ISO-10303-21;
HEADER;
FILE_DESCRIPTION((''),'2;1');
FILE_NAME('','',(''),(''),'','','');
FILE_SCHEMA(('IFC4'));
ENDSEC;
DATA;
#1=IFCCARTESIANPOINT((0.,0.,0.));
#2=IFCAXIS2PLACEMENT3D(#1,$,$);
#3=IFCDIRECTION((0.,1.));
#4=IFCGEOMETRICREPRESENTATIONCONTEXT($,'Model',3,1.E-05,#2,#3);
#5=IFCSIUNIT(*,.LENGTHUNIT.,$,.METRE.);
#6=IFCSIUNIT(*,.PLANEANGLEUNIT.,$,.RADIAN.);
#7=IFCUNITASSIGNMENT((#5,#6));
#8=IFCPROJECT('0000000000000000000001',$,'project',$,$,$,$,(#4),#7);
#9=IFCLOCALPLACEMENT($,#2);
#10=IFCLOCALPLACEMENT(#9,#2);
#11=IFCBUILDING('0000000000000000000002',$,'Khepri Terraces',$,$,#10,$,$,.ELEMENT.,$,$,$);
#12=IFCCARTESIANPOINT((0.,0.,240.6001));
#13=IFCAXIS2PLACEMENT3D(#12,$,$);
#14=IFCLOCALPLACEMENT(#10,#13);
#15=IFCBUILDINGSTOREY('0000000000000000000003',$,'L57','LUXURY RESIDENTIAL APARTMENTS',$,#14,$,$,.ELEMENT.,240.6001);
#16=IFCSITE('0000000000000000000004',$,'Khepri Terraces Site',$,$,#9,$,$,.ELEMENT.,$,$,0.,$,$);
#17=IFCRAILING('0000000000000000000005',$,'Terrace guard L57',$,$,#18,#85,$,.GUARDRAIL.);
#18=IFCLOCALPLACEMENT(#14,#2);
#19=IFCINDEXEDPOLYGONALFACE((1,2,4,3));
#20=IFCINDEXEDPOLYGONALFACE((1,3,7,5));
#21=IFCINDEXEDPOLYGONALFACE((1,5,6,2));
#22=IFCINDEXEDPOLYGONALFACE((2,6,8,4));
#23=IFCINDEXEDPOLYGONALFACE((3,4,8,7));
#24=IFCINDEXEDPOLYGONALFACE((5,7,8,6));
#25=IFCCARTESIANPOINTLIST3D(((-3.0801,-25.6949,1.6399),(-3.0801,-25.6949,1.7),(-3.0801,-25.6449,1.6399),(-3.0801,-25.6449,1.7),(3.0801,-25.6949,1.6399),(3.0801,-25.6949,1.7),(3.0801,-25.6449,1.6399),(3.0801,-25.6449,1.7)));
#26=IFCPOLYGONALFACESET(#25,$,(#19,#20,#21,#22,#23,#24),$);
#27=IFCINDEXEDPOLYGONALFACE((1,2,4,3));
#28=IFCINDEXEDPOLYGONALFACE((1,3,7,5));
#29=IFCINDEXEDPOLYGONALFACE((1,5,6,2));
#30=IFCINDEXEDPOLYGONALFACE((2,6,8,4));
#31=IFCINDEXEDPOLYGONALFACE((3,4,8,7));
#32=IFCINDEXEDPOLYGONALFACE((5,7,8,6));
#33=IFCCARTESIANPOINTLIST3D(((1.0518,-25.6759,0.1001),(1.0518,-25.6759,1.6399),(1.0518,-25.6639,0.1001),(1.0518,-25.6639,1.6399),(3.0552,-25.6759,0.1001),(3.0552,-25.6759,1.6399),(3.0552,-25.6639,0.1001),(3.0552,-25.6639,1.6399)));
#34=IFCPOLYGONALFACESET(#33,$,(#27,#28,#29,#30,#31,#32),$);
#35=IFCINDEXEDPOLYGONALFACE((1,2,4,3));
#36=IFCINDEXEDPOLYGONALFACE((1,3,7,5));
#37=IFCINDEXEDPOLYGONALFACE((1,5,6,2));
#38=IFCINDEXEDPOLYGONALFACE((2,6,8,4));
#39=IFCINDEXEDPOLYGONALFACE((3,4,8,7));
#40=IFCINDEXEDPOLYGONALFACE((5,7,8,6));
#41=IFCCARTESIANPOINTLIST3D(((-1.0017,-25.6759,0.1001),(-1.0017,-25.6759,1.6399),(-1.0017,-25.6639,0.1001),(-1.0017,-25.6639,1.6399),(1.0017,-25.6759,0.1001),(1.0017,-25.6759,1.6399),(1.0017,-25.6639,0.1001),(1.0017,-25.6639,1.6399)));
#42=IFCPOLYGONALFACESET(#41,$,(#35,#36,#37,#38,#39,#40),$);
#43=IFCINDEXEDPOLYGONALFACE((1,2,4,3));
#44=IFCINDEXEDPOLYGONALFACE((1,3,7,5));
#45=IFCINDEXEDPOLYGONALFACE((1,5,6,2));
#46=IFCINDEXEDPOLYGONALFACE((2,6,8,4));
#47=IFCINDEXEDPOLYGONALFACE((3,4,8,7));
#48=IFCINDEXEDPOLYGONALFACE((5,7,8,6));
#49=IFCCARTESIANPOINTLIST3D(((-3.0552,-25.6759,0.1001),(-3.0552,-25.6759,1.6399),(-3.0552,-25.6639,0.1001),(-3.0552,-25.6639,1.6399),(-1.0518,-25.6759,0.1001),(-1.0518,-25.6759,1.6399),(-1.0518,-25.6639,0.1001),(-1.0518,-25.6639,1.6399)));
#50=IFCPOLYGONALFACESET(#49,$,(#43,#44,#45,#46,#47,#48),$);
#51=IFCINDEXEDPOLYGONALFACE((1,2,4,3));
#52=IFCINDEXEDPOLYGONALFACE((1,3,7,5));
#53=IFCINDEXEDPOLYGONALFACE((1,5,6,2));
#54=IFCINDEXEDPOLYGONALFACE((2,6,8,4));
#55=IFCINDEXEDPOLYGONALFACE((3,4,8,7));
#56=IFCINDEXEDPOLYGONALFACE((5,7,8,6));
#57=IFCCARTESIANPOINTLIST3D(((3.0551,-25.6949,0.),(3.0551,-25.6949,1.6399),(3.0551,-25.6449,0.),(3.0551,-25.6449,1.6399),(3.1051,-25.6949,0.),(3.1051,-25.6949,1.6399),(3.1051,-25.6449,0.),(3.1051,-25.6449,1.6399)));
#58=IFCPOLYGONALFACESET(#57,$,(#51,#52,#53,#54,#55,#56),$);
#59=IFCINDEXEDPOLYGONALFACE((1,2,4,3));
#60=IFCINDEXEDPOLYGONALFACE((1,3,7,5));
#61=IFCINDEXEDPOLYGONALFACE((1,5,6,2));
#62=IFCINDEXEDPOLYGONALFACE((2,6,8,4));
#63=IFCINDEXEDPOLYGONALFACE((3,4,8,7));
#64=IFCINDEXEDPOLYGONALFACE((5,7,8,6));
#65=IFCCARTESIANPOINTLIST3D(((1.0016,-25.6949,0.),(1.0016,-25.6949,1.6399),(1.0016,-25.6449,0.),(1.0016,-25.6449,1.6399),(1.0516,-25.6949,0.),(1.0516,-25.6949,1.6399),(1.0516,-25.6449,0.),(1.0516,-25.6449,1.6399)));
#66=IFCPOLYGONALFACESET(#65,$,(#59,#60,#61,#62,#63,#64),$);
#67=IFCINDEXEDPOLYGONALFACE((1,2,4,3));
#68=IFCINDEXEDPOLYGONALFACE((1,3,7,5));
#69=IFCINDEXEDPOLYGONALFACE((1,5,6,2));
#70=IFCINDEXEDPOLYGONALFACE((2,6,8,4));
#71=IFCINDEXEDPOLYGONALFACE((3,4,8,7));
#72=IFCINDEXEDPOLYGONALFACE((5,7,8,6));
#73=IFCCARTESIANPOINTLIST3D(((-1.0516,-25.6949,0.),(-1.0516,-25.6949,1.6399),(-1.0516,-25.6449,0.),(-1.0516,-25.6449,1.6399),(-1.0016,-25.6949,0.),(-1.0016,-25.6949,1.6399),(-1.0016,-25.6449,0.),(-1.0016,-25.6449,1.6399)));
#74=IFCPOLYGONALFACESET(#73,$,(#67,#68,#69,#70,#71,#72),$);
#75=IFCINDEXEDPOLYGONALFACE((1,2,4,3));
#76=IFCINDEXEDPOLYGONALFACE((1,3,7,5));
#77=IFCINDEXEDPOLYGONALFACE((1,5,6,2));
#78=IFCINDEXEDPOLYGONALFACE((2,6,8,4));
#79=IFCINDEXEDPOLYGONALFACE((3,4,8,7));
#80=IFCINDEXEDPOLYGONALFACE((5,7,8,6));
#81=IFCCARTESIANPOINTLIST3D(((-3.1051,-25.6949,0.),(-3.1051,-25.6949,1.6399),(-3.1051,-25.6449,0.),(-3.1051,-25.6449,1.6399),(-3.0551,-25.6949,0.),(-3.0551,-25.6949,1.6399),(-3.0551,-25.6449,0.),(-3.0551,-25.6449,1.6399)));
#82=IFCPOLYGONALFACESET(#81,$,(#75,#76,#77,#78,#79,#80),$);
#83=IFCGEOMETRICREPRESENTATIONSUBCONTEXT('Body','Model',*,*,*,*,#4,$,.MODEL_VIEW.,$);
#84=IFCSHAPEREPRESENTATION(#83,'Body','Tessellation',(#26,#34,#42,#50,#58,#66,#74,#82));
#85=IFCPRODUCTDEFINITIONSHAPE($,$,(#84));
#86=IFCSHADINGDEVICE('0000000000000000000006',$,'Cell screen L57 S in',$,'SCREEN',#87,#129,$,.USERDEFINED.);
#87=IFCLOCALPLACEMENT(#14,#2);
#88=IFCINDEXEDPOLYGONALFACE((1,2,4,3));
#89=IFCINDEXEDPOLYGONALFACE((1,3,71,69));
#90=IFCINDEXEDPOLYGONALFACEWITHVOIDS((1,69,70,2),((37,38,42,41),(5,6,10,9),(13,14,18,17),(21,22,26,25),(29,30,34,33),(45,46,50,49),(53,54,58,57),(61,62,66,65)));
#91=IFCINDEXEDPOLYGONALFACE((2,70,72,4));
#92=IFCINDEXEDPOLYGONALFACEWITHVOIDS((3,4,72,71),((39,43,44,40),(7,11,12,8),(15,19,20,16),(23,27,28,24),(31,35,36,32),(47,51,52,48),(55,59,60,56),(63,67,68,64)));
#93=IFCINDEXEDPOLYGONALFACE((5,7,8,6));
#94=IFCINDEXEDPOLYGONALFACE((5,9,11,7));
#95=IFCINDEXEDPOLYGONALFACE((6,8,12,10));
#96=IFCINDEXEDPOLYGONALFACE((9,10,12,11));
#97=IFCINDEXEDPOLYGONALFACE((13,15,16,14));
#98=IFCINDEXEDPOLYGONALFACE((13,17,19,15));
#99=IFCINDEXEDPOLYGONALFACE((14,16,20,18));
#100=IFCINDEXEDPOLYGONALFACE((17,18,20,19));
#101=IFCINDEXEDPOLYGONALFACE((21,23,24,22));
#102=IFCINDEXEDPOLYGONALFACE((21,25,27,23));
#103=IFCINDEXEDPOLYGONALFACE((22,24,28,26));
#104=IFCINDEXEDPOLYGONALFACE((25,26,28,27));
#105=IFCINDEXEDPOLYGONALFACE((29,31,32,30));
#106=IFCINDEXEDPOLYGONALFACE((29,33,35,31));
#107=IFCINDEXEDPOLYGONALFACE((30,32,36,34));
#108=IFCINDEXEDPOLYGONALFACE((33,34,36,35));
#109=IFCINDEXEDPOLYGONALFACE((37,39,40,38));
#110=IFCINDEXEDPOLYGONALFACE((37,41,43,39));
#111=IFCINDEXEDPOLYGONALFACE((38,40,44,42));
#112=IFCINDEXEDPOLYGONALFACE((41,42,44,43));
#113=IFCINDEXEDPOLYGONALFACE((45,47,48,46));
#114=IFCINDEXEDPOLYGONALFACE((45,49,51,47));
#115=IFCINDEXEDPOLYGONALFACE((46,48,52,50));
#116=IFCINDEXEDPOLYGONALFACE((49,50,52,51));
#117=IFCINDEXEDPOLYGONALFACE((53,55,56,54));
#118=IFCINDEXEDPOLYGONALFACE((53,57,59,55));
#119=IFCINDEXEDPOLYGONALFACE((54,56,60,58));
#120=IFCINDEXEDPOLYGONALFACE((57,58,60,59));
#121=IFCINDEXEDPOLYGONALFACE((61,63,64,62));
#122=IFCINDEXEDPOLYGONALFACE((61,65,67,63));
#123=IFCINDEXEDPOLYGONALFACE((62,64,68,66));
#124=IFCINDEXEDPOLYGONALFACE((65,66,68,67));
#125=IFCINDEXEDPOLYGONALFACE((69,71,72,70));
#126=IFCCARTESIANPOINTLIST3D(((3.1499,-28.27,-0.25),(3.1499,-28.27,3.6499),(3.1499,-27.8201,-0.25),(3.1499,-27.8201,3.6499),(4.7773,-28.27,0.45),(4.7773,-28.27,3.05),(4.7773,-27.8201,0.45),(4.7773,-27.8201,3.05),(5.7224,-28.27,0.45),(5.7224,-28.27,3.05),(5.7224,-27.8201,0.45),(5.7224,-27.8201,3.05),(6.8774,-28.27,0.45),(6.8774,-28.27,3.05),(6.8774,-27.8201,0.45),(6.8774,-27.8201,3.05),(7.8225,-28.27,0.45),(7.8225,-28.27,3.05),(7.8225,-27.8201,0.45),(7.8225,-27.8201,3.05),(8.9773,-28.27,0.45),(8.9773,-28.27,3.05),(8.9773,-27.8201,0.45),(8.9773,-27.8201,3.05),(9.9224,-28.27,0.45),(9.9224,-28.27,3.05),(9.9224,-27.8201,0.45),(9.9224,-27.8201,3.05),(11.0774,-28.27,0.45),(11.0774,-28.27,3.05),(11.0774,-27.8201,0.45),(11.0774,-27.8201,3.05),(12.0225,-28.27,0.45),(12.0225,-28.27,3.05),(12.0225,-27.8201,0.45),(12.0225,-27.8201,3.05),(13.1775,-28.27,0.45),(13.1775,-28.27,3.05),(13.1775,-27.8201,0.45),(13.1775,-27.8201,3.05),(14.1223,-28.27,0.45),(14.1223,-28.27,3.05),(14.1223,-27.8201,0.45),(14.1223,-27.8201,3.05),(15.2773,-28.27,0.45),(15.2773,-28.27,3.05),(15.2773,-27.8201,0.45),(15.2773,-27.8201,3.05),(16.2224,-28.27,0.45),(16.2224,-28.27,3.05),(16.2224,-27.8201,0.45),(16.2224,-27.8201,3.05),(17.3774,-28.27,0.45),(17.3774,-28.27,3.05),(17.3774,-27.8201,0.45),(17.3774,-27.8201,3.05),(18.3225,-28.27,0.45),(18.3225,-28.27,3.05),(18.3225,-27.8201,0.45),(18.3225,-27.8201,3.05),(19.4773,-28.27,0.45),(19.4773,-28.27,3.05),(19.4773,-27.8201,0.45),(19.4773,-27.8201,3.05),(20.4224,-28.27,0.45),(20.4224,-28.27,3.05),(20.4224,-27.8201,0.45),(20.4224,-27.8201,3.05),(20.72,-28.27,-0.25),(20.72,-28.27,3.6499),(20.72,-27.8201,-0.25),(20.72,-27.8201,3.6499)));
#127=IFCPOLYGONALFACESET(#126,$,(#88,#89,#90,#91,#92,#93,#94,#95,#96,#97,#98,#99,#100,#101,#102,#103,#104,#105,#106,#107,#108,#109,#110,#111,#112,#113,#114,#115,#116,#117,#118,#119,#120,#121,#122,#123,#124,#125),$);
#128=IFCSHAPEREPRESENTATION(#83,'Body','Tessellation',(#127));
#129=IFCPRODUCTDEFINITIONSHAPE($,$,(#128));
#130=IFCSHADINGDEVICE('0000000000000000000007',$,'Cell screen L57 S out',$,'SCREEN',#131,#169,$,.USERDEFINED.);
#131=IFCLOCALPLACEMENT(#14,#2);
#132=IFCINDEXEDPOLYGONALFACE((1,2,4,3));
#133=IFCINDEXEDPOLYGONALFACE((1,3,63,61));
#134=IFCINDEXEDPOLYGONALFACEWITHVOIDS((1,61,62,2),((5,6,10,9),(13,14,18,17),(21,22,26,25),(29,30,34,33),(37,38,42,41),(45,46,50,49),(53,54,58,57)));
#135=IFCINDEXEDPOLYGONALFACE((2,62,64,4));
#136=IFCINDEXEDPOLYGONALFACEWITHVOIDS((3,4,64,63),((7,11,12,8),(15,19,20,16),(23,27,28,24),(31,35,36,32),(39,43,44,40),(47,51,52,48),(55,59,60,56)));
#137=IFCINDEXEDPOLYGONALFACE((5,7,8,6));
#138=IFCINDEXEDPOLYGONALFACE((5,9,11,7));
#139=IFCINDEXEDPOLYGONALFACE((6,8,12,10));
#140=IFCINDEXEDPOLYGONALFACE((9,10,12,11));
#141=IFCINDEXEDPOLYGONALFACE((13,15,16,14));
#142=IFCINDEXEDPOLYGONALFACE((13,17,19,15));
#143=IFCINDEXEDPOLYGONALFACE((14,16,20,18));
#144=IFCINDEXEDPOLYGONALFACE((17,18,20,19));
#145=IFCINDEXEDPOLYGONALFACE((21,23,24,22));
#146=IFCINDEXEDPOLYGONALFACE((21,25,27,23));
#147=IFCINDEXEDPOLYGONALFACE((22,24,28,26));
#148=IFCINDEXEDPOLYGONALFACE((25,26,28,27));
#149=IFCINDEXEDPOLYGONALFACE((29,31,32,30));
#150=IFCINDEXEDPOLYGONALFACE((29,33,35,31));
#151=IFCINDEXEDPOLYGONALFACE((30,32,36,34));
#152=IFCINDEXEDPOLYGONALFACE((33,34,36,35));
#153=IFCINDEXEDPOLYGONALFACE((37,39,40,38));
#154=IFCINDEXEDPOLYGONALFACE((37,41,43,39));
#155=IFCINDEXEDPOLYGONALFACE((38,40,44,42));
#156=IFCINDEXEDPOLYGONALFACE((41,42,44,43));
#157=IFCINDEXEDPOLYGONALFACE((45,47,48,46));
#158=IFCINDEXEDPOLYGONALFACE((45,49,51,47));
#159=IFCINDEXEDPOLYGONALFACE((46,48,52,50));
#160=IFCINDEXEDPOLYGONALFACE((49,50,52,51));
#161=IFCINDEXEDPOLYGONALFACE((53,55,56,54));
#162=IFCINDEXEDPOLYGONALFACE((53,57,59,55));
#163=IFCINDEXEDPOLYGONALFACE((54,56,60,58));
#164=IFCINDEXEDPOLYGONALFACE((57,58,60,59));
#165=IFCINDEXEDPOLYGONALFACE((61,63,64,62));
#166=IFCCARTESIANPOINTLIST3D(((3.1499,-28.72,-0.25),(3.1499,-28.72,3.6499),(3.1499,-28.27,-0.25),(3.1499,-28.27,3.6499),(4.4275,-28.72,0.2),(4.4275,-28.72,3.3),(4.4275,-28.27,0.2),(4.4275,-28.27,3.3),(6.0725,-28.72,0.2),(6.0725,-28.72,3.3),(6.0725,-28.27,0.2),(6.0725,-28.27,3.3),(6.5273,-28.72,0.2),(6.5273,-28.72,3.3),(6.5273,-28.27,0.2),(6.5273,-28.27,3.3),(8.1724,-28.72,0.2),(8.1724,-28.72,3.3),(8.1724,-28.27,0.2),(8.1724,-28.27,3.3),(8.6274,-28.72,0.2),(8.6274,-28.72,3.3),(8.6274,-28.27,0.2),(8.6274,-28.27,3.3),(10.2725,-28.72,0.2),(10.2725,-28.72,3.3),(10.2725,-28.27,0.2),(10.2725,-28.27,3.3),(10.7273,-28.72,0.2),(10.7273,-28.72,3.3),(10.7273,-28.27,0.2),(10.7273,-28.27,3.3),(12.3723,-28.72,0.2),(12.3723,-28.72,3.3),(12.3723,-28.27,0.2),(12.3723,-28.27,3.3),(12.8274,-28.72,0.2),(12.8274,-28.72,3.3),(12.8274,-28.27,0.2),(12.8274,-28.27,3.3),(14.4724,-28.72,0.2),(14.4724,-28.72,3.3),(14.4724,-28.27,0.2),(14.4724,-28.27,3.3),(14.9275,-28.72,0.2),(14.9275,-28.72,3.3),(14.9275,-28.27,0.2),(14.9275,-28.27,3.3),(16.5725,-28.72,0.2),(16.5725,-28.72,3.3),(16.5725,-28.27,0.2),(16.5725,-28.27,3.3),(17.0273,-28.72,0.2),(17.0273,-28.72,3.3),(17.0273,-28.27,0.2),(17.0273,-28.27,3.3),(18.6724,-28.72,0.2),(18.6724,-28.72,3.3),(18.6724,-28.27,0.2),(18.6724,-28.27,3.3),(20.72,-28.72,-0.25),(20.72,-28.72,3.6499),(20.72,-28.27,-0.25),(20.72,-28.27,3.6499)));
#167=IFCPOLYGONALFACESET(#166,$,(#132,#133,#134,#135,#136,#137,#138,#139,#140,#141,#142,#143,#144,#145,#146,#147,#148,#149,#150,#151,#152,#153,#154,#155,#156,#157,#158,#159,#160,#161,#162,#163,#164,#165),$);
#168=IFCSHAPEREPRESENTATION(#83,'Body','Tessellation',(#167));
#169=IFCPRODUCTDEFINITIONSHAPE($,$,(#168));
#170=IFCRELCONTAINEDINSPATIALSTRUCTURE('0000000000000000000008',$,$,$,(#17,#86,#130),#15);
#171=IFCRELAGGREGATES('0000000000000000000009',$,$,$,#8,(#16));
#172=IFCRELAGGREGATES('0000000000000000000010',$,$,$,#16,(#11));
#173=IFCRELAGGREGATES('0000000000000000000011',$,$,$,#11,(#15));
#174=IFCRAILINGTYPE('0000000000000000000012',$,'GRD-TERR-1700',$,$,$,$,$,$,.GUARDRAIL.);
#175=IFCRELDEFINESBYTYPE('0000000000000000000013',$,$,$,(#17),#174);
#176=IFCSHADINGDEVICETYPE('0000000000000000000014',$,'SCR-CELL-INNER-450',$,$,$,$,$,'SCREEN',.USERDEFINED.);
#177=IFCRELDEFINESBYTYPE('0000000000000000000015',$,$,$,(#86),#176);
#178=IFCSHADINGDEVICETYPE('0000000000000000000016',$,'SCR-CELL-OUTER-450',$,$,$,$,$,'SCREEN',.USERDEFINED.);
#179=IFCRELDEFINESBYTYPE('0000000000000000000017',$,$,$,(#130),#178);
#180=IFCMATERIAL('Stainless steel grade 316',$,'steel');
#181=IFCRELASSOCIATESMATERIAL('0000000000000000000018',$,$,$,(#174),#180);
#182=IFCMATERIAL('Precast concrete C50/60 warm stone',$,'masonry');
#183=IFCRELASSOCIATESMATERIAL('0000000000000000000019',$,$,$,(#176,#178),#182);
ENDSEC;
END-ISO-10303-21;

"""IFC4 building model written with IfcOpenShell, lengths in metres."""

from ifc_helpers import new_model, si_unit, direction, frame, origin, origin_2d, place, context, subcontext, project, spatial, polyline, rectangle, outline, extrude, material, type_object, element, save


model = new_model("IFC4")

# Units and contexts
model_context = context("Model", 3, precision=1e-05, world=origin(), true_north=direction((0.0, 1.0)))
body_context = subcontext(model_context, "Body", "Model", "MODEL_VIEW")
ifc_project = project(units=[si_unit("LENGTHUNIT", "METRE"), si_unit("PLANEANGLEUNIT", "RADIAN")], contexts=[model_context])

# Site, building, storey
site_placement = place(None, origin())
site = spatial("IfcSite", under=ifc_project, at=site_placement, Name="Khepri Terraces Site", CompositionType="ELEMENT", RefElevation=0.0)
building_placement = place(site_placement, origin())
building = spatial("IfcBuilding", under=site, at=building_placement, Name="Khepri Terraces", CompositionType="ELEMENT")
storey_placement = place(building_placement, frame((0.0, 0.0, 240.6001)))
storey = spatial("IfcBuildingStorey", under=building, at=storey_placement, Name="L57", Description="LUXURY RESIDENTIAL APARTMENTS", CompositionType="ELEMENT", Elevation=240.6001)

# Shared definitions
ifc_material_1 = material(Name="Precast concrete C50/60 warm stone", Category="masonry")

# Railing
ifc_material_2 = material(Name="Stainless steel grade 316", Category="steel")
railing_type_1 = type_object("IfcRailingType", Name="GRD-TERR-1700", PredefinedType="GUARDRAIL", material=ifc_material_2)
railing_1_placement = place(storey_placement, frame((3.0801, -25.6699, 0.0)))
element("IfcRailing", 1, at=railing_1_placement, inside=storey, type_object=railing_type_1, Name="Terrace guard L57", PredefinedType="GUARDRAIL", context=body_context, shape_type="SweptSolid", body=[
    extrude(rectangle(XDim=0.05, YDim=0.0601, at=origin_2d()), frame((0.0, 0.0, 1.6699), z_axis=(-1.0, 0.0, 0.0), x_axis=(0.0, -1.0, 0.0)), (0.0, 0.0, 1.0), 6.1602),
    extrude(rectangle(XDim=2.0034, YDim=0.012, at=origin_2d()), frame((-1.0266, 0.0, 0.1001), z_axis=(0.0, 0.0, 1.0), x_axis=(-1.0, 0.0, 0.0)), (0.0, 0.0, 1.0), 1.5398),
    extrude(rectangle(XDim=2.0034, YDim=0.012, at=origin_2d()), frame((-3.0801, 0.0, 0.1001), z_axis=(0.0, 0.0, 1.0), x_axis=(-1.0, 0.0, 0.0)), (0.0, 0.0, 1.0), 1.5398),
    extrude(rectangle(XDim=2.0034, YDim=0.012, at=origin_2d()), frame((-5.1335, 0.0, 0.1001), z_axis=(0.0, 0.0, 1.0), x_axis=(-1.0, 0.0, 0.0)), (0.0, 0.0, 1.0), 1.5398),
    extrude(rectangle(XDim=0.05, YDim=0.05, at=origin_2d()), origin(), (0.0, 0.0, 1.0), 1.6399),
    extrude(rectangle(XDim=0.05, YDim=0.05, at=origin_2d()), frame((-2.0535, 0.0, 0.0)), (0.0, 0.0, 1.0), 1.6399),
    extrude(rectangle(XDim=0.05, YDim=0.05, at=origin_2d()), frame((-4.1067, 0.0, 0.0)), (0.0, 0.0, 1.0), 1.6399),
    extrude(rectangle(XDim=0.05, YDim=0.05, at=origin_2d()), frame((-6.1602, 0.0, 0.0)), (0.0, 0.0, 1.0), 1.6399),
])

# Shading devices
shading_device_type_1 = type_object("IfcShadingDeviceType", Name="SCR-CELL-INNER-450", ElementType="SCREEN", PredefinedType="USERDEFINED", material=ifc_material_1)
shading_device_1_placement = place(storey_placement, frame((3.1499, -27.8201, -0.25), z_axis=(0.0, -1.0, 0.0), x_axis=(1.0, 0.0, 0.0)))
element("IfcShadingDevice", 2, at=shading_device_1_placement, inside=storey, type_object=shading_device_type_1, Name="Cell screen L57 S in", ObjectType="SCREEN", PredefinedType="USERDEFINED", context=body_context, shape_type="SweptSolid", body=[
    extrude(outline(polyline([(0.0, 0.0), (17.5701, 0.0), (17.5701, 3.8999), (0.0, 3.8999), (0.0, 0.0)]), holes=[polyline([(1.6274, 0.7), (2.5725, 0.7), (2.5725, 3.3), (1.6274, 3.3), (1.6274, 0.7)]), polyline([(3.7275, 0.7), (4.6726, 0.7), (4.6726, 3.3), (3.7275, 3.3), (3.7275, 0.7)]), polyline([(5.8274, 0.7), (6.7725, 0.7), (6.7725, 3.3), (5.8274, 3.3), (5.8274, 0.7)]), polyline([(7.9275, 0.7), (8.8726, 0.7), (8.8726, 3.3), (7.9275, 3.3), (7.9275, 0.7)]), polyline([(10.0276, 0.7), (10.9724, 0.7), (10.9724, 3.3), (10.0276, 3.3), (10.0276, 0.7)]), polyline([(12.1274, 0.7), (13.0725, 0.7), (13.0725, 3.3), (12.1274, 3.3), (12.1274, 0.7)]), polyline([(14.2275, 0.7), (15.1726, 0.7), (15.1726, 3.3), (14.2275, 3.3), (14.2275, 0.7)]), polyline([(16.3274, 0.7), (17.2725, 0.7), (17.2725, 3.3), (16.3274, 3.3), (16.3274, 0.7)])]), origin(), (0.0, 0.0, 1.0), 0.45),
])
shading_device_type_2 = type_object("IfcShadingDeviceType", Name="SCR-CELL-OUTER-450", ElementType="SCREEN", PredefinedType="USERDEFINED", material=ifc_material_1)
shading_device_2_placement = place(storey_placement, frame((3.1499, -28.27, -0.25), z_axis=(0.0, -1.0, 0.0), x_axis=(1.0, 0.0, 0.0)))
element("IfcShadingDevice", 3, at=shading_device_2_placement, inside=storey, type_object=shading_device_type_2, Name="Cell screen L57 S out", ObjectType="SCREEN", PredefinedType="USERDEFINED", context=body_context, shape_type="SweptSolid", body=[
    extrude(outline(polyline([(0.0, 0.0), (17.5701, 0.0), (17.5701, 3.8999), (0.0, 3.8999), (0.0, 0.0)]), holes=[polyline([(1.2776, 0.45), (2.9226, 0.45), (2.9226, 3.55), (1.2776, 3.55), (1.2776, 0.45)]), polyline([(3.3774, 0.45), (5.0225, 0.45), (5.0225, 3.55), (3.3774, 3.55), (3.3774, 0.45)]), polyline([(5.4775, 0.45), (7.1226, 0.45), (7.1226, 3.55), (5.4775, 3.55), (5.4775, 0.45)]), polyline([(7.5774, 0.45), (9.2224, 0.45), (9.2224, 3.55), (7.5774, 3.55), (7.5774, 0.45)]), polyline([(9.6775, 0.45), (11.3225, 0.45), (11.3225, 3.55), (9.6775, 3.55), (9.6775, 0.45)]), polyline([(11.7776, 0.45), (13.4226, 0.45), (13.4226, 3.55), (11.7776, 3.55), (11.7776, 0.45)]), polyline([(13.8774, 0.45), (15.5225, 0.45), (15.5225, 3.55), (13.8774, 3.55), (13.8774, 0.45)])]), origin(), (0.0, 0.0, 1.0), 0.45),
])

save(model, "model.ifc")
